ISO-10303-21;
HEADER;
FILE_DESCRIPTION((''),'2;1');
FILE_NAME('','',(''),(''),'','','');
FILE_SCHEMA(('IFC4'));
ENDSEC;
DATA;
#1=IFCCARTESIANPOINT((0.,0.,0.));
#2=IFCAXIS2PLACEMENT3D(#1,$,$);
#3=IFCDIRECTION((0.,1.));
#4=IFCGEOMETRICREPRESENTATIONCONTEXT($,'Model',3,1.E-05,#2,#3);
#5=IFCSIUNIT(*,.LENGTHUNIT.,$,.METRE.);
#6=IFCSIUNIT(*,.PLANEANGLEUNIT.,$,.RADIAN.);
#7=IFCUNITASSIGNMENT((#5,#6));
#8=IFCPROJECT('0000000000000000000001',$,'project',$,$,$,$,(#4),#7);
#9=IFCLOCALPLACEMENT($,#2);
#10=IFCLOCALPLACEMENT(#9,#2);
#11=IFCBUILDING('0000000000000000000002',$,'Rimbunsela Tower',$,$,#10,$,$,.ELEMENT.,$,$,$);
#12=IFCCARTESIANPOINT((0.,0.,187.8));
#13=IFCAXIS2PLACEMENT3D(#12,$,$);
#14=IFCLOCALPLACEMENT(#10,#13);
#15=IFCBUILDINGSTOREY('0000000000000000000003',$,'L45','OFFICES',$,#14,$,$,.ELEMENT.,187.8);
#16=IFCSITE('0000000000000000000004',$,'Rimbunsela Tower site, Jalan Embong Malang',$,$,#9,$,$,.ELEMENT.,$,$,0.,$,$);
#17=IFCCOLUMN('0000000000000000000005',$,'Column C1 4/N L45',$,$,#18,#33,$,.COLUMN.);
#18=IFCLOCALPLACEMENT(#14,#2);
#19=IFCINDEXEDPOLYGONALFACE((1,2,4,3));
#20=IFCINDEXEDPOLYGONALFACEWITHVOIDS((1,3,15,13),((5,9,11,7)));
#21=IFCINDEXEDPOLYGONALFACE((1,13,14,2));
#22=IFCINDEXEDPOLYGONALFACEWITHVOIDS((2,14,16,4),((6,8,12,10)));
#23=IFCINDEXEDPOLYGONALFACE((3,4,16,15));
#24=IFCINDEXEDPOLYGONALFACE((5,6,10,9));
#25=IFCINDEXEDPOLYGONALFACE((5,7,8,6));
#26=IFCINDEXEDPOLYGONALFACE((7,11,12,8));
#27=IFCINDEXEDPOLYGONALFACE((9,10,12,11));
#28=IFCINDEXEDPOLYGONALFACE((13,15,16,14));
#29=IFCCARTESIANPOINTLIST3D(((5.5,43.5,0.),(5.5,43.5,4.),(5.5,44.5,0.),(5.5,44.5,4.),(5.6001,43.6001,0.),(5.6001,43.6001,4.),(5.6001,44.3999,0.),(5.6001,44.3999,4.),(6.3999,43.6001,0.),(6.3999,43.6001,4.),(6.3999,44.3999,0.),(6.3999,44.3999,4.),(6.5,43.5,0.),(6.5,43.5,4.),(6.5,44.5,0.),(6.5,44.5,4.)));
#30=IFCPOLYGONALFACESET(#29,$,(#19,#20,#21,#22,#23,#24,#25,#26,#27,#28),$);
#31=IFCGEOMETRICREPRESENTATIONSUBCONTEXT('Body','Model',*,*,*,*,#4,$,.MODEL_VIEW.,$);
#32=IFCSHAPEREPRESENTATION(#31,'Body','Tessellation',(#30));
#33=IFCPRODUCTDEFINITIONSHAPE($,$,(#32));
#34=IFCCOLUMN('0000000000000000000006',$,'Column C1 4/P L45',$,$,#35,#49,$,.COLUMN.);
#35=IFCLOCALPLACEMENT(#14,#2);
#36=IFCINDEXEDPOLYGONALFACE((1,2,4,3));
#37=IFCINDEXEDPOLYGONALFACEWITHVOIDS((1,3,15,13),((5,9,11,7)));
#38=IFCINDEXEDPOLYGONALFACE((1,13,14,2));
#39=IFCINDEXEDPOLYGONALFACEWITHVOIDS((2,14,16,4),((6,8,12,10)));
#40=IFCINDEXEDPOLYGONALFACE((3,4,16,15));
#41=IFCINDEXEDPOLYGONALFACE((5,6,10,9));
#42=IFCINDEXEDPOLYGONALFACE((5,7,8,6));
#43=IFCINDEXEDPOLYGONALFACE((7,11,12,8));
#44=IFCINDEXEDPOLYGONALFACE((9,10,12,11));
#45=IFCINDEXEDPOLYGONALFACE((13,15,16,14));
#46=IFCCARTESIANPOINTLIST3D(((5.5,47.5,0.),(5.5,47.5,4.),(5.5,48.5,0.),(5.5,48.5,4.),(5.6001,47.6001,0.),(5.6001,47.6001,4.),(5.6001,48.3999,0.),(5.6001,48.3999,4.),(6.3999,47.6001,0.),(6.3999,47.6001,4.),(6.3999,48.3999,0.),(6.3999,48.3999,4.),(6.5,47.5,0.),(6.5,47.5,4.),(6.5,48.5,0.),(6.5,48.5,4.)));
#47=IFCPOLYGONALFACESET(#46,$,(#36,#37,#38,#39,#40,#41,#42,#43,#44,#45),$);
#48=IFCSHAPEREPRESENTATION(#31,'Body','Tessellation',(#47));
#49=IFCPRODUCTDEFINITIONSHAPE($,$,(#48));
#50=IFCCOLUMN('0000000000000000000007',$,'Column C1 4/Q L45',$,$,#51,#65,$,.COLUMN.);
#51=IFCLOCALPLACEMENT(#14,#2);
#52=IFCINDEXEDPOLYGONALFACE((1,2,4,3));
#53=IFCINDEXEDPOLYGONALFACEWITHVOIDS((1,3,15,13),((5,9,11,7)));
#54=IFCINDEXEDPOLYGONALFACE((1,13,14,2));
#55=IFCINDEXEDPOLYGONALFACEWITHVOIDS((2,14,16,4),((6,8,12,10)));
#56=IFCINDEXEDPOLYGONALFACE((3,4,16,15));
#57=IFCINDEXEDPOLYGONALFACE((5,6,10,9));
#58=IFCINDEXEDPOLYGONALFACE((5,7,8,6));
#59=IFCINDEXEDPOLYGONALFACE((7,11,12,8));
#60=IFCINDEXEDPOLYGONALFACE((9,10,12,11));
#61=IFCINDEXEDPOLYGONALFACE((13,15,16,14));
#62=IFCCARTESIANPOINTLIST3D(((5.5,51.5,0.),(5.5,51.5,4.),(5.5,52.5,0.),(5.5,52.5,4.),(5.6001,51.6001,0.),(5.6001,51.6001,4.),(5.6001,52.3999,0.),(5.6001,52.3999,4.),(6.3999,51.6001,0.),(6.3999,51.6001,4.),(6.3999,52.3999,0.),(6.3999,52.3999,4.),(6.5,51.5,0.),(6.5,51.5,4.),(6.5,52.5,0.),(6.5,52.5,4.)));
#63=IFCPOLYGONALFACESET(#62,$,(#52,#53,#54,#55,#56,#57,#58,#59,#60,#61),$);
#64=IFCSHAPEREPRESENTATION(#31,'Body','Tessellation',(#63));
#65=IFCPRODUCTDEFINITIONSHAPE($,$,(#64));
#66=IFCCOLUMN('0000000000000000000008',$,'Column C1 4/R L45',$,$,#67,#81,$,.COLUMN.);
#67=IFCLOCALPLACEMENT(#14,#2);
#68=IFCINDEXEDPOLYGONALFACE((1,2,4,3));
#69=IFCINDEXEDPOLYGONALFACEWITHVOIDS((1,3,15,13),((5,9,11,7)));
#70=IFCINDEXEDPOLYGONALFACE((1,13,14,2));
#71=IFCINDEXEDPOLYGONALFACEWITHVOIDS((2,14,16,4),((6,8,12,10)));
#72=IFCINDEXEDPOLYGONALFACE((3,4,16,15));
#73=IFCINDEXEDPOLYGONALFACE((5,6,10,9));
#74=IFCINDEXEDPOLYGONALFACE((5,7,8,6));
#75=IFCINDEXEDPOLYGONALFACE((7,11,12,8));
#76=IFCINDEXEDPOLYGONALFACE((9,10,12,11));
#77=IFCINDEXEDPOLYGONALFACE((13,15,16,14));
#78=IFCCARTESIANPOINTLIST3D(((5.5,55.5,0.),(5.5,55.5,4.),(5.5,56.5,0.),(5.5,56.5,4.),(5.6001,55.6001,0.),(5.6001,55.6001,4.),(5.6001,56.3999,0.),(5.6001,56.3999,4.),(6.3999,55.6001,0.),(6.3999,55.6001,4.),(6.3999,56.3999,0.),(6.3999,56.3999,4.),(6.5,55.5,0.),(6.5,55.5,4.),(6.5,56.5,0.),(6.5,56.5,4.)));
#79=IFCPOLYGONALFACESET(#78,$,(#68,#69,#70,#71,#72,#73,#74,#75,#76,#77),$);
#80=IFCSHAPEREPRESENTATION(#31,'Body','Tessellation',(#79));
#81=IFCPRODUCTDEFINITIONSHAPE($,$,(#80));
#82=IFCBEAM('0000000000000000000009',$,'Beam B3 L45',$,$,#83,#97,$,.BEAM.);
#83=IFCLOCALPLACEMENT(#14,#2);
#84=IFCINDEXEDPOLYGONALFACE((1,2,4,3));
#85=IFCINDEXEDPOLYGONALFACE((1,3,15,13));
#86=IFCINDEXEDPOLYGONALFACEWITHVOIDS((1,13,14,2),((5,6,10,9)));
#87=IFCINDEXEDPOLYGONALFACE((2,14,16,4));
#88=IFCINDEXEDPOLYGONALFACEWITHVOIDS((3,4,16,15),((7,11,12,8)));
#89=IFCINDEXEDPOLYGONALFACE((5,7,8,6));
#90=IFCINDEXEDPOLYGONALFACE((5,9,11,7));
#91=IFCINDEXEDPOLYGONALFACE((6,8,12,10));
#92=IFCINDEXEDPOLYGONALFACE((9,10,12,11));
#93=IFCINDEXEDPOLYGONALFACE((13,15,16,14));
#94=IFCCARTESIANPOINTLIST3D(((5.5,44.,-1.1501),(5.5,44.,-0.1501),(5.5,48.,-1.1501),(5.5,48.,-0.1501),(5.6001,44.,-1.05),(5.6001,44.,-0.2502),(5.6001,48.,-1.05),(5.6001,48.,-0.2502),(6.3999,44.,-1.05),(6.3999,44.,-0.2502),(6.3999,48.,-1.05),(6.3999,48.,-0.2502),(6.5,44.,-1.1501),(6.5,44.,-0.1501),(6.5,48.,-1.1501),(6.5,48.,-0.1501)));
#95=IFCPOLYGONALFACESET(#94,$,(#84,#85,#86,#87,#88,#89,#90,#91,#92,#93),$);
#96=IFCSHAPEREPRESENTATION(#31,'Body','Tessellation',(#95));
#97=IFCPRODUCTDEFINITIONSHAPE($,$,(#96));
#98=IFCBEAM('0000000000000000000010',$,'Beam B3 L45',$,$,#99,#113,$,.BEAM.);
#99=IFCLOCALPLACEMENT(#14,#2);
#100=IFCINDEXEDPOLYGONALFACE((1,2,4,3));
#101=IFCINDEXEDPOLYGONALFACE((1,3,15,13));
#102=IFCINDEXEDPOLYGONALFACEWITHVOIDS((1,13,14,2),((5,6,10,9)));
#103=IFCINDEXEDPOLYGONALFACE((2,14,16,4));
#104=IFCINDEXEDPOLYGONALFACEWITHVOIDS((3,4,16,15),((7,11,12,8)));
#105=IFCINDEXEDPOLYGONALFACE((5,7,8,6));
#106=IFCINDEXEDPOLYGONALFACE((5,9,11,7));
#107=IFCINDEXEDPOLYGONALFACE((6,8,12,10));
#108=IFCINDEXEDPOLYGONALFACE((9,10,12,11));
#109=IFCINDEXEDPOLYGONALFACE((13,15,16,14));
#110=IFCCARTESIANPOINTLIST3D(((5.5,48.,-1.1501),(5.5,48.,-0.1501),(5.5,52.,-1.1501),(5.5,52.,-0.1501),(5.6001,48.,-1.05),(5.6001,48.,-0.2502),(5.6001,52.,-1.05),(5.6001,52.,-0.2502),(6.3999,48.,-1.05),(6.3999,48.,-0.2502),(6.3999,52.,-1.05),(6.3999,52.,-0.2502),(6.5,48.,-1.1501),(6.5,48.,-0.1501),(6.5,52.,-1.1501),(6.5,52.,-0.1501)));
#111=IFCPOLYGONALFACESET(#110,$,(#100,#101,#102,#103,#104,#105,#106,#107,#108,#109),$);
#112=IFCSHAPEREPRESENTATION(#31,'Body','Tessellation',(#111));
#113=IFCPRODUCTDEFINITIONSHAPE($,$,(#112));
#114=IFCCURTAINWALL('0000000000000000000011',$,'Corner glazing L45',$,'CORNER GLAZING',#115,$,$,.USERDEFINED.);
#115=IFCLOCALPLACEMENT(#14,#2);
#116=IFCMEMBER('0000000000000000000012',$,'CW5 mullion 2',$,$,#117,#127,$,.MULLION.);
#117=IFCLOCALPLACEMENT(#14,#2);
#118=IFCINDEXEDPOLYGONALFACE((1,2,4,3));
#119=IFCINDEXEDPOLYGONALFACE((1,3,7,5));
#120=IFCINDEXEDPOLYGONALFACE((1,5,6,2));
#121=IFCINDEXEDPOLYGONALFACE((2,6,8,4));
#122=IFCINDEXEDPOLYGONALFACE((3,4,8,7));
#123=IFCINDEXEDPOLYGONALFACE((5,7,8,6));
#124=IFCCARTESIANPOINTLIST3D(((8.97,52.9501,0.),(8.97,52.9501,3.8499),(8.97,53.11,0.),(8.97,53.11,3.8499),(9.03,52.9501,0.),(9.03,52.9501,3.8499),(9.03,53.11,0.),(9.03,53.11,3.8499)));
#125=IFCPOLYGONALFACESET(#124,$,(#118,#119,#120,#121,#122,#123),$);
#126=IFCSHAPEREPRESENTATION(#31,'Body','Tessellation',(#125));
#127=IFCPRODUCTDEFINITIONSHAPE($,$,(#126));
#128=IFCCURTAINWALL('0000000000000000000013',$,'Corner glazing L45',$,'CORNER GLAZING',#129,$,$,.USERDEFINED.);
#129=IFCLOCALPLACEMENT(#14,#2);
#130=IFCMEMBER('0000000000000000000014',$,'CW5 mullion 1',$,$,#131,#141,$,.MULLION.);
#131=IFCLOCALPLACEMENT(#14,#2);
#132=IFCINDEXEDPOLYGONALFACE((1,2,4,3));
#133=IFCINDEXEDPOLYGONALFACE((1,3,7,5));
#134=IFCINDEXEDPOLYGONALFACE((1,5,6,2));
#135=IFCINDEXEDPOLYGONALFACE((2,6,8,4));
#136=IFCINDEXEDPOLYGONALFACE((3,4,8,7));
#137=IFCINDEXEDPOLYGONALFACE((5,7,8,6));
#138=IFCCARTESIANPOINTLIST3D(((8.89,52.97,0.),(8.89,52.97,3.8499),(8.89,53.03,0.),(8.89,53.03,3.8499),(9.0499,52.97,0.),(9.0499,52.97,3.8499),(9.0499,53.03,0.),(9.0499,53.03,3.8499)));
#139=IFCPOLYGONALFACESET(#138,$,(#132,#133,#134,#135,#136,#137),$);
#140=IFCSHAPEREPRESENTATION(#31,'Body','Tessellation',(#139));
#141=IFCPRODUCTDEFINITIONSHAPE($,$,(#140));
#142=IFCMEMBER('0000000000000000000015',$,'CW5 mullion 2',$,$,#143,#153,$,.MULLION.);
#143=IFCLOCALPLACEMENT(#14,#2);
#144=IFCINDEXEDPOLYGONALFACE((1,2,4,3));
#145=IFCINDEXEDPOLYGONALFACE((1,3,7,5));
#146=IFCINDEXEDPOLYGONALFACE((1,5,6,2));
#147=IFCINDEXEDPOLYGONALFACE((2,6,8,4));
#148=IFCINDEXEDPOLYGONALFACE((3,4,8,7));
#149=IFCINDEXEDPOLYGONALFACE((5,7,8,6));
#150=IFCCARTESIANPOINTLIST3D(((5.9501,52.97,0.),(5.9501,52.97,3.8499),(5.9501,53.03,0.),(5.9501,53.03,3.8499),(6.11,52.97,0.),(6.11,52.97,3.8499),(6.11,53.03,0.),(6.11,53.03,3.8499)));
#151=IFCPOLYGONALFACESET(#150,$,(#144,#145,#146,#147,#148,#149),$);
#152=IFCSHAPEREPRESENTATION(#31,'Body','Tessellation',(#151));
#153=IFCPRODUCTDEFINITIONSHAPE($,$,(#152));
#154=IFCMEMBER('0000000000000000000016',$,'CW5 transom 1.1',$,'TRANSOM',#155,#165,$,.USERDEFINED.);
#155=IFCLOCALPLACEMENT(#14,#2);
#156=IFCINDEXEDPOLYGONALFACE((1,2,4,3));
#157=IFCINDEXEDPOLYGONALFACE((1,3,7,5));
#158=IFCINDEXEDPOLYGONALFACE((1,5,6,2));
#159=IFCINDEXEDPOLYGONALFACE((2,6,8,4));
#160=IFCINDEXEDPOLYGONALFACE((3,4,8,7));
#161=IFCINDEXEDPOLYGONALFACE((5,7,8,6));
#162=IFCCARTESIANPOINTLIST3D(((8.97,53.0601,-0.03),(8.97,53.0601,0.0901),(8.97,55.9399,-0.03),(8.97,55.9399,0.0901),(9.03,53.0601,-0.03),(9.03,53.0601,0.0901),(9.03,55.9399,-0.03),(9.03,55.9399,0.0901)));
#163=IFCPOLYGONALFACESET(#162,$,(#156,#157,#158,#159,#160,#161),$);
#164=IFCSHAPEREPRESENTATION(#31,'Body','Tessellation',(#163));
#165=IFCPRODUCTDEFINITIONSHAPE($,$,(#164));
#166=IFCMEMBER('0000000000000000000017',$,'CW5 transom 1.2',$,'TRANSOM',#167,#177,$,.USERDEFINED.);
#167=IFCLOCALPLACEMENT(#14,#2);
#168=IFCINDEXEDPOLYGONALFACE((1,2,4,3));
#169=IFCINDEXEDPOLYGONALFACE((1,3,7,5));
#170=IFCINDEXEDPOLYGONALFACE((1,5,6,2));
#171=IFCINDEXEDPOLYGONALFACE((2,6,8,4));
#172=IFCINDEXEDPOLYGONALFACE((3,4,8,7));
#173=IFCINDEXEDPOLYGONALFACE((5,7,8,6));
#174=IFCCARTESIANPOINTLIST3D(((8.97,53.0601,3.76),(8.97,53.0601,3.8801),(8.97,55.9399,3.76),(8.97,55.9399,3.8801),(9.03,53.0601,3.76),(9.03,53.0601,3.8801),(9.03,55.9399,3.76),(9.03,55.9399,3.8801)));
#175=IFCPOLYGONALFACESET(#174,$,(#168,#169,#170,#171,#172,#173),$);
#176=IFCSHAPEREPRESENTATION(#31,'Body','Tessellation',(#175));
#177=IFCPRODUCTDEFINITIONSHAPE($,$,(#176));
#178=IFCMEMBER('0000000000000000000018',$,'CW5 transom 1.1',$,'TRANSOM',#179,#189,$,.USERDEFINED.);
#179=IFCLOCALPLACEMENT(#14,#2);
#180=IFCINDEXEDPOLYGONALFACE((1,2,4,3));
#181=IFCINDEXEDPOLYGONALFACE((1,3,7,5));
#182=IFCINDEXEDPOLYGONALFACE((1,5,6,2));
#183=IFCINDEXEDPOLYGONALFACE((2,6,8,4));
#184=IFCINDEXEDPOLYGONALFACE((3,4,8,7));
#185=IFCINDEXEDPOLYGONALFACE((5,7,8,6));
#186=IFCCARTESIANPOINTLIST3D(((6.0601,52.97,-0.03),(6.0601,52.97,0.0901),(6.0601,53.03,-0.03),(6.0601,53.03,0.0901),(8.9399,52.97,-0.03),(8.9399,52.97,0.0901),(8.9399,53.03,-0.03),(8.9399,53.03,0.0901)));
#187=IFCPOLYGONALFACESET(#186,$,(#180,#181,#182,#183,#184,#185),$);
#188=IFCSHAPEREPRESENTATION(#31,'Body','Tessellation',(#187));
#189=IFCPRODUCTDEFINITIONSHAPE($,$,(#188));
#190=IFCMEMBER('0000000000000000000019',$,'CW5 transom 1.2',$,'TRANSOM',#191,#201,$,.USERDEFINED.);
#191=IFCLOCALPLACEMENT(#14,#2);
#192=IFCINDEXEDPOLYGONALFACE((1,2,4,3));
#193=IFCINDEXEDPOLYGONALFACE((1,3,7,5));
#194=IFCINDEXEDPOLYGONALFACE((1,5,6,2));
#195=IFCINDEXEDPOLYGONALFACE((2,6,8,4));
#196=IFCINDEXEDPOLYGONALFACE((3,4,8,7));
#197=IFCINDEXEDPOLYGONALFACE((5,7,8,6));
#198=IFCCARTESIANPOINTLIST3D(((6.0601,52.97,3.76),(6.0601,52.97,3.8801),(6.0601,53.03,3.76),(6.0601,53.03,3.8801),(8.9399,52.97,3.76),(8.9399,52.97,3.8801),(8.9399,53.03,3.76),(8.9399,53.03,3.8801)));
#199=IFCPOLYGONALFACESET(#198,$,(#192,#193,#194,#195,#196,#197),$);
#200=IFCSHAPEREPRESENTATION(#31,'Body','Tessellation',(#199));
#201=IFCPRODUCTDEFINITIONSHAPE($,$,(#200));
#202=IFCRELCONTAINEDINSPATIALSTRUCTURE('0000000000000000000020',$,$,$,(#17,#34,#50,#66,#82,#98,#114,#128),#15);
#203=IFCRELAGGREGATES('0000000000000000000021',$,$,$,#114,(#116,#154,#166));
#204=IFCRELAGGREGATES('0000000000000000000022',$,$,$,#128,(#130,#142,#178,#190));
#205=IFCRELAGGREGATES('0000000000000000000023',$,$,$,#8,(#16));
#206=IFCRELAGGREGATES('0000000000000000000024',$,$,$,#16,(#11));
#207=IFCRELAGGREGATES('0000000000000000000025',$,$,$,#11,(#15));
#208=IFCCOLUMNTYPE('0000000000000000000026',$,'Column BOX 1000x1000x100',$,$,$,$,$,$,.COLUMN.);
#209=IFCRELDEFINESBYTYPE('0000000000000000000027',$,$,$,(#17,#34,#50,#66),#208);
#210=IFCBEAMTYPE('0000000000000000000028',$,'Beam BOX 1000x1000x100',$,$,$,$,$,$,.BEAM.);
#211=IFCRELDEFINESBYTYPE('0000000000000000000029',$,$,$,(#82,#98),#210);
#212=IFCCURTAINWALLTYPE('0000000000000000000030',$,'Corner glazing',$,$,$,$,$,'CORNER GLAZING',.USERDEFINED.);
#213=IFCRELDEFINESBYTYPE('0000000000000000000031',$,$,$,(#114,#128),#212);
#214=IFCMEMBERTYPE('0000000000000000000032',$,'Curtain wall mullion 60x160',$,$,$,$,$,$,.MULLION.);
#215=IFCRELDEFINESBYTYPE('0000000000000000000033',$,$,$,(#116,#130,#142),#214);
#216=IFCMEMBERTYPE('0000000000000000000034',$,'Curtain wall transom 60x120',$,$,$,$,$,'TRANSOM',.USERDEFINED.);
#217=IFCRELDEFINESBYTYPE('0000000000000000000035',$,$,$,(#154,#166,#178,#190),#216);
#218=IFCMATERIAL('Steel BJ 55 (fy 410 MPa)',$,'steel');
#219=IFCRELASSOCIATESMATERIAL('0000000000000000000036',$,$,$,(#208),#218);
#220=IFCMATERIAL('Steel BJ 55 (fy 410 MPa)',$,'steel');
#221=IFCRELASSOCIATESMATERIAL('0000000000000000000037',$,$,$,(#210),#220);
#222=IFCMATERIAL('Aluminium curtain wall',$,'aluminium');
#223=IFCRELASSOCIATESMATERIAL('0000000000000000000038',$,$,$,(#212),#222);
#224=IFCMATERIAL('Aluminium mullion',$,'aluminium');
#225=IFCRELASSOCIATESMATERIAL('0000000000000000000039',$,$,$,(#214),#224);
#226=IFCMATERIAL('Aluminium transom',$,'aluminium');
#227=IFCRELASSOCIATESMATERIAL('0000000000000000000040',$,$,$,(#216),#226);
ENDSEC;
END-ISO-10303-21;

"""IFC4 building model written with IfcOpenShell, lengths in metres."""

from ifc_helpers import new_model, si_unit, direction, frame, origin, origin_2d, place, context, subcontext, project, spatial, rectangle, hollow_rectangle, extrude, material, material_profile, profile_set, type_object, element, aggregate, save


model = new_model("IFC4")

# Units and contexts
model_context = context("Model", 3, precision=1e-05, world=origin(), true_north=direction((0.0, 1.0)))
body_context = subcontext(model_context, "Body", "Model", "MODEL_VIEW")
ifc_project = project(units=[si_unit("LENGTHUNIT", "METRE"), si_unit("PLANEANGLEUNIT", "RADIAN")], contexts=[model_context])

# Site, building, storey
site_placement = place(None, origin())
site = spatial("IfcSite", under=ifc_project, at=site_placement, Name="Rimbunsela Tower site, Jalan Embong Malang", CompositionType="ELEMENT", RefElevation=0.0)
building_placement = place(site_placement, origin())
building = spatial("IfcBuilding", under=site, at=building_placement, Name="Rimbunsela Tower", CompositionType="ELEMENT")
storey_placement = place(building_placement, frame((0.0, 0.0, 187.8)))
storey = spatial("IfcBuildingStorey", under=building, at=storey_placement, Name="L45", Description="OFFICES", CompositionType="ELEMENT", Elevation=187.8)

# Columns
ifc_material_1 = material(Name="Steel BJ 55 (fy 410 MPa)", Category="steel")
ifc_material_profile_1 = material_profile(ifc_material_1, hollow_rectangle(XDim=1.0, YDim=1.0, WallThickness=0.1001, at=origin_2d()), Name="BOX 1000x1000x100")
ifc_profile_set_1 = profile_set([ifc_material_profile_1], Name="Steel BJ 55 (fy 410 MPa)")
column_type = type_object("IfcColumnType", Name="Column BOX 1000x1000x100", PredefinedType="COLUMN", material=ifc_profile_set_1)
for number, where, z_axis, x_axis, name in (
    (1, (6.0, 44.0, 0.0), (0.0, 0.0, 1.0), (1.0, 0.0, 0.0), "Column C1 4/N L45"),
    (2, (6.0, 48.0, 0.0), (0.0, 0.0, 1.0), (1.0, 0.0, 0.0), "Column C1 4/P L45"),
    (3, (6.0, 52.0, 0.0), (0.0, 0.0, 1.0), (1.0, 0.0, 0.0), "Column C1 4/Q L45"),
    (4, (6.0, 56.0, 0.0), (0.0, 0.0, 1.0), (1.0, 0.0, 0.0), "Column C1 4/R L45"),
):
    element("IfcColumn", number, at=place(storey_placement, frame(where, z_axis=z_axis, x_axis=x_axis)), inside=storey, type_object=column_type, Name=name, PredefinedType="COLUMN", context=body_context, shape_type="SweptSolid", body=[
        extrude(hollow_rectangle(XDim=1.0, YDim=1.0, WallThickness=0.1001, at=origin_2d()), origin(), (0.0, 0.0, 1.0), 4.0),
    ])

# Beams
ifc_material_2 = material(Name="Steel BJ 55 (fy 410 MPa)", Category="steel")
ifc_material_profile_2 = material_profile(ifc_material_2, hollow_rectangle(XDim=1.0, YDim=1.0, WallThickness=0.1001, at=origin_2d()), Name="BOX 1000x1000x100")
ifc_profile_set_2 = profile_set([ifc_material_profile_2], Name="Steel BJ 55 (fy 410 MPa)")
beam_type = type_object("IfcBeamType", Name="Beam BOX 1000x1000x100", PredefinedType="BEAM", material=ifc_profile_set_2)
for number, where, z_axis, x_axis, name in (
    (5, (6.0, 44.0, -0.6501), (0.0, 1.0, 0.0), (-1.0, 0.0, 0.0), "Beam B3 L45"),
    (6, (6.0, 48.0, -0.6501), (0.0, 1.0, 0.0), (-1.0, 0.0, 0.0), "Beam B3 L45"),
):
    element("IfcBeam", number, at=place(storey_placement, frame(where, z_axis=z_axis, x_axis=x_axis)), inside=storey, type_object=beam_type, Name=name, PredefinedType="BEAM", context=body_context, shape_type="SweptSolid", body=[
        extrude(hollow_rectangle(XDim=1.0, YDim=1.0, WallThickness=0.1001, at=origin_2d()), origin(), (0.0, 0.0, 1.0), 4.0),
    ])

# Curtain wall, member
ifc_material_3 = material(Name="Aluminium curtain wall", Category="aluminium")
curtain_wall_type = type_object("IfcCurtainWallType", Name="Corner glazing", ElementType="CORNER GLAZING", PredefinedType="USERDEFINED", material=ifc_material_3)
curtain_wall_1_placement = place(storey_placement, origin())
curtain_wall_1 = element("IfcCurtainWall", 7, at=curtain_wall_1_placement, inside=storey, type_object=curtain_wall_type, Name="Corner glazing L45", ObjectType="CORNER GLAZING", PredefinedType="USERDEFINED")
ifc_material_4 = material(Name="Aluminium mullion", Category="aluminium")
ifc_material_profile_3 = material_profile(ifc_material_4, rectangle(XDim=0.0601, YDim=0.1599, at=origin_2d()), Name="Mullion 60x160")
ifc_profile_set_3 = profile_set([ifc_material_profile_3], Name="Aluminium mullion")
member_type_1 = type_object("IfcMemberType", Name="Curtain wall mullion 60x160", PredefinedType="MULLION", material=ifc_profile_set_3)
member_1_placement = place(storey_placement, frame((9.0, 53.03, 0.0), z_axis=(0.0, 0.0, 1.0), x_axis=(1.0, 0.0, 0.0)))
member_1 = element("IfcMember", 8, at=member_1_placement, type_object=member_type_1, Name="CW5 mullion 2", PredefinedType="MULLION", context=body_context, shape_type="SweptSolid", body=[
    extrude(rectangle(XDim=0.0601, YDim=0.1599, at=origin_2d()), origin(), (0.0, 0.0, 1.0), 3.8499),
])

# Curtain wall, members
curtain_wall_2_placement = place(storey_placement, origin())
curtain_wall_2 = element("IfcCurtainWall", 9, at=curtain_wall_2_placement, inside=storey, type_object=curtain_wall_type, Name="Corner glazing L45", ObjectType="CORNER GLAZING", PredefinedType="USERDEFINED")
member_2_placement = place(storey_placement, frame((8.97, 53.0, 0.0), z_axis=(0.0, 0.0, 1.0), x_axis=(0.0, -1.0, 0.0)))
member_2 = element("IfcMember", 10, at=member_2_placement, type_object=member_type_1, Name="CW5 mullion 1", PredefinedType="MULLION", context=body_context, shape_type="SweptSolid", body=[
    extrude(rectangle(XDim=0.0601, YDim=0.1599, at=origin_2d()), origin(), (0.0, 0.0, 1.0), 3.8499),
])
member_3_placement = place(storey_placement, frame((6.03, 53.0, 0.0), z_axis=(0.0, 0.0, 1.0), x_axis=(0.0, -1.0, 0.0)))
member_3 = element("IfcMember", 11, at=member_3_placement, type_object=member_type_1, Name="CW5 mullion 2", PredefinedType="MULLION", context=body_context, shape_type="SweptSolid", body=[
    extrude(rectangle(XDim=0.0601, YDim=0.1599, at=origin_2d()), origin(), (0.0, 0.0, 1.0), 3.8499),
])

# Members
ifc_material_5 = material(Name="Aluminium transom", Category="aluminium")
ifc_material_profile_4 = material_profile(ifc_material_5, rectangle(XDim=0.0601, YDim=0.1201, at=origin_2d()), Name="Transom 60x120")
ifc_profile_set_4 = profile_set([ifc_material_profile_4], Name="Aluminium transom")
member_type_2 = type_object("IfcMemberType", Name="Curtain wall transom 60x120", ElementType="TRANSOM", PredefinedType="USERDEFINED", material=ifc_profile_set_4)
member_4_placement = place(storey_placement, frame((9.0, 55.9399, 0.03), z_axis=(0.0, -1.0, 0.0), x_axis=(1.0, 0.0, 0.0)))
member_4 = element("IfcMember", 12, at=member_4_placement, type_object=member_type_2, Name="CW5 transom 1.1", ObjectType="TRANSOM", PredefinedType="USERDEFINED", context=body_context, shape_type="SweptSolid", body=[
    extrude(rectangle(XDim=0.0601, YDim=0.1201, at=origin_2d()), origin(), (0.0, 0.0, 1.0), 2.8799),
])
member_5_placement = place(storey_placement, frame((9.0, 55.9399, 3.8201), z_axis=(0.0, -1.0, 0.0), x_axis=(1.0, 0.0, 0.0)))
member_5 = element("IfcMember", 13, at=member_5_placement, type_object=member_type_2, Name="CW5 transom 1.2", ObjectType="TRANSOM", PredefinedType="USERDEFINED", context=body_context, shape_type="SweptSolid", body=[
    extrude(rectangle(XDim=0.0601, YDim=0.1201, at=origin_2d()), origin(), (0.0, 0.0, 1.0), 2.8799),
])
member_6_placement = place(storey_placement, frame((8.9399, 53.0, 0.03), z_axis=(-1.0, 0.0, 0.0), x_axis=(0.0, -1.0, 0.0)))
member_6 = element("IfcMember", 14, at=member_6_placement, type_object=member_type_2, Name="CW5 transom 1.1", ObjectType="TRANSOM", PredefinedType="USERDEFINED", context=body_context, shape_type="SweptSolid", body=[
    extrude(rectangle(XDim=0.0601, YDim=0.1201, at=origin_2d()), origin(), (0.0, 0.0, 1.0), 2.8799),
])
member_7_placement = place(storey_placement, frame((8.9399, 53.0, 3.8201), z_axis=(-1.0, 0.0, 0.0), x_axis=(0.0, -1.0, 0.0)))
member_7 = element("IfcMember", 15, at=member_7_placement, type_object=member_type_2, Name="CW5 transom 1.2", ObjectType="TRANSOM", PredefinedType="USERDEFINED", context=body_context, shape_type="SweptSolid", body=[
    extrude(rectangle(XDim=0.0601, YDim=0.1201, at=origin_2d()), origin(), (0.0, 0.0, 1.0), 2.8799),
])

aggregate(curtain_wall_1, [member_1, member_4, member_5])
aggregate(curtain_wall_2, [member_2, member_3, member_6, member_7])

save(model, "model.ifc")
